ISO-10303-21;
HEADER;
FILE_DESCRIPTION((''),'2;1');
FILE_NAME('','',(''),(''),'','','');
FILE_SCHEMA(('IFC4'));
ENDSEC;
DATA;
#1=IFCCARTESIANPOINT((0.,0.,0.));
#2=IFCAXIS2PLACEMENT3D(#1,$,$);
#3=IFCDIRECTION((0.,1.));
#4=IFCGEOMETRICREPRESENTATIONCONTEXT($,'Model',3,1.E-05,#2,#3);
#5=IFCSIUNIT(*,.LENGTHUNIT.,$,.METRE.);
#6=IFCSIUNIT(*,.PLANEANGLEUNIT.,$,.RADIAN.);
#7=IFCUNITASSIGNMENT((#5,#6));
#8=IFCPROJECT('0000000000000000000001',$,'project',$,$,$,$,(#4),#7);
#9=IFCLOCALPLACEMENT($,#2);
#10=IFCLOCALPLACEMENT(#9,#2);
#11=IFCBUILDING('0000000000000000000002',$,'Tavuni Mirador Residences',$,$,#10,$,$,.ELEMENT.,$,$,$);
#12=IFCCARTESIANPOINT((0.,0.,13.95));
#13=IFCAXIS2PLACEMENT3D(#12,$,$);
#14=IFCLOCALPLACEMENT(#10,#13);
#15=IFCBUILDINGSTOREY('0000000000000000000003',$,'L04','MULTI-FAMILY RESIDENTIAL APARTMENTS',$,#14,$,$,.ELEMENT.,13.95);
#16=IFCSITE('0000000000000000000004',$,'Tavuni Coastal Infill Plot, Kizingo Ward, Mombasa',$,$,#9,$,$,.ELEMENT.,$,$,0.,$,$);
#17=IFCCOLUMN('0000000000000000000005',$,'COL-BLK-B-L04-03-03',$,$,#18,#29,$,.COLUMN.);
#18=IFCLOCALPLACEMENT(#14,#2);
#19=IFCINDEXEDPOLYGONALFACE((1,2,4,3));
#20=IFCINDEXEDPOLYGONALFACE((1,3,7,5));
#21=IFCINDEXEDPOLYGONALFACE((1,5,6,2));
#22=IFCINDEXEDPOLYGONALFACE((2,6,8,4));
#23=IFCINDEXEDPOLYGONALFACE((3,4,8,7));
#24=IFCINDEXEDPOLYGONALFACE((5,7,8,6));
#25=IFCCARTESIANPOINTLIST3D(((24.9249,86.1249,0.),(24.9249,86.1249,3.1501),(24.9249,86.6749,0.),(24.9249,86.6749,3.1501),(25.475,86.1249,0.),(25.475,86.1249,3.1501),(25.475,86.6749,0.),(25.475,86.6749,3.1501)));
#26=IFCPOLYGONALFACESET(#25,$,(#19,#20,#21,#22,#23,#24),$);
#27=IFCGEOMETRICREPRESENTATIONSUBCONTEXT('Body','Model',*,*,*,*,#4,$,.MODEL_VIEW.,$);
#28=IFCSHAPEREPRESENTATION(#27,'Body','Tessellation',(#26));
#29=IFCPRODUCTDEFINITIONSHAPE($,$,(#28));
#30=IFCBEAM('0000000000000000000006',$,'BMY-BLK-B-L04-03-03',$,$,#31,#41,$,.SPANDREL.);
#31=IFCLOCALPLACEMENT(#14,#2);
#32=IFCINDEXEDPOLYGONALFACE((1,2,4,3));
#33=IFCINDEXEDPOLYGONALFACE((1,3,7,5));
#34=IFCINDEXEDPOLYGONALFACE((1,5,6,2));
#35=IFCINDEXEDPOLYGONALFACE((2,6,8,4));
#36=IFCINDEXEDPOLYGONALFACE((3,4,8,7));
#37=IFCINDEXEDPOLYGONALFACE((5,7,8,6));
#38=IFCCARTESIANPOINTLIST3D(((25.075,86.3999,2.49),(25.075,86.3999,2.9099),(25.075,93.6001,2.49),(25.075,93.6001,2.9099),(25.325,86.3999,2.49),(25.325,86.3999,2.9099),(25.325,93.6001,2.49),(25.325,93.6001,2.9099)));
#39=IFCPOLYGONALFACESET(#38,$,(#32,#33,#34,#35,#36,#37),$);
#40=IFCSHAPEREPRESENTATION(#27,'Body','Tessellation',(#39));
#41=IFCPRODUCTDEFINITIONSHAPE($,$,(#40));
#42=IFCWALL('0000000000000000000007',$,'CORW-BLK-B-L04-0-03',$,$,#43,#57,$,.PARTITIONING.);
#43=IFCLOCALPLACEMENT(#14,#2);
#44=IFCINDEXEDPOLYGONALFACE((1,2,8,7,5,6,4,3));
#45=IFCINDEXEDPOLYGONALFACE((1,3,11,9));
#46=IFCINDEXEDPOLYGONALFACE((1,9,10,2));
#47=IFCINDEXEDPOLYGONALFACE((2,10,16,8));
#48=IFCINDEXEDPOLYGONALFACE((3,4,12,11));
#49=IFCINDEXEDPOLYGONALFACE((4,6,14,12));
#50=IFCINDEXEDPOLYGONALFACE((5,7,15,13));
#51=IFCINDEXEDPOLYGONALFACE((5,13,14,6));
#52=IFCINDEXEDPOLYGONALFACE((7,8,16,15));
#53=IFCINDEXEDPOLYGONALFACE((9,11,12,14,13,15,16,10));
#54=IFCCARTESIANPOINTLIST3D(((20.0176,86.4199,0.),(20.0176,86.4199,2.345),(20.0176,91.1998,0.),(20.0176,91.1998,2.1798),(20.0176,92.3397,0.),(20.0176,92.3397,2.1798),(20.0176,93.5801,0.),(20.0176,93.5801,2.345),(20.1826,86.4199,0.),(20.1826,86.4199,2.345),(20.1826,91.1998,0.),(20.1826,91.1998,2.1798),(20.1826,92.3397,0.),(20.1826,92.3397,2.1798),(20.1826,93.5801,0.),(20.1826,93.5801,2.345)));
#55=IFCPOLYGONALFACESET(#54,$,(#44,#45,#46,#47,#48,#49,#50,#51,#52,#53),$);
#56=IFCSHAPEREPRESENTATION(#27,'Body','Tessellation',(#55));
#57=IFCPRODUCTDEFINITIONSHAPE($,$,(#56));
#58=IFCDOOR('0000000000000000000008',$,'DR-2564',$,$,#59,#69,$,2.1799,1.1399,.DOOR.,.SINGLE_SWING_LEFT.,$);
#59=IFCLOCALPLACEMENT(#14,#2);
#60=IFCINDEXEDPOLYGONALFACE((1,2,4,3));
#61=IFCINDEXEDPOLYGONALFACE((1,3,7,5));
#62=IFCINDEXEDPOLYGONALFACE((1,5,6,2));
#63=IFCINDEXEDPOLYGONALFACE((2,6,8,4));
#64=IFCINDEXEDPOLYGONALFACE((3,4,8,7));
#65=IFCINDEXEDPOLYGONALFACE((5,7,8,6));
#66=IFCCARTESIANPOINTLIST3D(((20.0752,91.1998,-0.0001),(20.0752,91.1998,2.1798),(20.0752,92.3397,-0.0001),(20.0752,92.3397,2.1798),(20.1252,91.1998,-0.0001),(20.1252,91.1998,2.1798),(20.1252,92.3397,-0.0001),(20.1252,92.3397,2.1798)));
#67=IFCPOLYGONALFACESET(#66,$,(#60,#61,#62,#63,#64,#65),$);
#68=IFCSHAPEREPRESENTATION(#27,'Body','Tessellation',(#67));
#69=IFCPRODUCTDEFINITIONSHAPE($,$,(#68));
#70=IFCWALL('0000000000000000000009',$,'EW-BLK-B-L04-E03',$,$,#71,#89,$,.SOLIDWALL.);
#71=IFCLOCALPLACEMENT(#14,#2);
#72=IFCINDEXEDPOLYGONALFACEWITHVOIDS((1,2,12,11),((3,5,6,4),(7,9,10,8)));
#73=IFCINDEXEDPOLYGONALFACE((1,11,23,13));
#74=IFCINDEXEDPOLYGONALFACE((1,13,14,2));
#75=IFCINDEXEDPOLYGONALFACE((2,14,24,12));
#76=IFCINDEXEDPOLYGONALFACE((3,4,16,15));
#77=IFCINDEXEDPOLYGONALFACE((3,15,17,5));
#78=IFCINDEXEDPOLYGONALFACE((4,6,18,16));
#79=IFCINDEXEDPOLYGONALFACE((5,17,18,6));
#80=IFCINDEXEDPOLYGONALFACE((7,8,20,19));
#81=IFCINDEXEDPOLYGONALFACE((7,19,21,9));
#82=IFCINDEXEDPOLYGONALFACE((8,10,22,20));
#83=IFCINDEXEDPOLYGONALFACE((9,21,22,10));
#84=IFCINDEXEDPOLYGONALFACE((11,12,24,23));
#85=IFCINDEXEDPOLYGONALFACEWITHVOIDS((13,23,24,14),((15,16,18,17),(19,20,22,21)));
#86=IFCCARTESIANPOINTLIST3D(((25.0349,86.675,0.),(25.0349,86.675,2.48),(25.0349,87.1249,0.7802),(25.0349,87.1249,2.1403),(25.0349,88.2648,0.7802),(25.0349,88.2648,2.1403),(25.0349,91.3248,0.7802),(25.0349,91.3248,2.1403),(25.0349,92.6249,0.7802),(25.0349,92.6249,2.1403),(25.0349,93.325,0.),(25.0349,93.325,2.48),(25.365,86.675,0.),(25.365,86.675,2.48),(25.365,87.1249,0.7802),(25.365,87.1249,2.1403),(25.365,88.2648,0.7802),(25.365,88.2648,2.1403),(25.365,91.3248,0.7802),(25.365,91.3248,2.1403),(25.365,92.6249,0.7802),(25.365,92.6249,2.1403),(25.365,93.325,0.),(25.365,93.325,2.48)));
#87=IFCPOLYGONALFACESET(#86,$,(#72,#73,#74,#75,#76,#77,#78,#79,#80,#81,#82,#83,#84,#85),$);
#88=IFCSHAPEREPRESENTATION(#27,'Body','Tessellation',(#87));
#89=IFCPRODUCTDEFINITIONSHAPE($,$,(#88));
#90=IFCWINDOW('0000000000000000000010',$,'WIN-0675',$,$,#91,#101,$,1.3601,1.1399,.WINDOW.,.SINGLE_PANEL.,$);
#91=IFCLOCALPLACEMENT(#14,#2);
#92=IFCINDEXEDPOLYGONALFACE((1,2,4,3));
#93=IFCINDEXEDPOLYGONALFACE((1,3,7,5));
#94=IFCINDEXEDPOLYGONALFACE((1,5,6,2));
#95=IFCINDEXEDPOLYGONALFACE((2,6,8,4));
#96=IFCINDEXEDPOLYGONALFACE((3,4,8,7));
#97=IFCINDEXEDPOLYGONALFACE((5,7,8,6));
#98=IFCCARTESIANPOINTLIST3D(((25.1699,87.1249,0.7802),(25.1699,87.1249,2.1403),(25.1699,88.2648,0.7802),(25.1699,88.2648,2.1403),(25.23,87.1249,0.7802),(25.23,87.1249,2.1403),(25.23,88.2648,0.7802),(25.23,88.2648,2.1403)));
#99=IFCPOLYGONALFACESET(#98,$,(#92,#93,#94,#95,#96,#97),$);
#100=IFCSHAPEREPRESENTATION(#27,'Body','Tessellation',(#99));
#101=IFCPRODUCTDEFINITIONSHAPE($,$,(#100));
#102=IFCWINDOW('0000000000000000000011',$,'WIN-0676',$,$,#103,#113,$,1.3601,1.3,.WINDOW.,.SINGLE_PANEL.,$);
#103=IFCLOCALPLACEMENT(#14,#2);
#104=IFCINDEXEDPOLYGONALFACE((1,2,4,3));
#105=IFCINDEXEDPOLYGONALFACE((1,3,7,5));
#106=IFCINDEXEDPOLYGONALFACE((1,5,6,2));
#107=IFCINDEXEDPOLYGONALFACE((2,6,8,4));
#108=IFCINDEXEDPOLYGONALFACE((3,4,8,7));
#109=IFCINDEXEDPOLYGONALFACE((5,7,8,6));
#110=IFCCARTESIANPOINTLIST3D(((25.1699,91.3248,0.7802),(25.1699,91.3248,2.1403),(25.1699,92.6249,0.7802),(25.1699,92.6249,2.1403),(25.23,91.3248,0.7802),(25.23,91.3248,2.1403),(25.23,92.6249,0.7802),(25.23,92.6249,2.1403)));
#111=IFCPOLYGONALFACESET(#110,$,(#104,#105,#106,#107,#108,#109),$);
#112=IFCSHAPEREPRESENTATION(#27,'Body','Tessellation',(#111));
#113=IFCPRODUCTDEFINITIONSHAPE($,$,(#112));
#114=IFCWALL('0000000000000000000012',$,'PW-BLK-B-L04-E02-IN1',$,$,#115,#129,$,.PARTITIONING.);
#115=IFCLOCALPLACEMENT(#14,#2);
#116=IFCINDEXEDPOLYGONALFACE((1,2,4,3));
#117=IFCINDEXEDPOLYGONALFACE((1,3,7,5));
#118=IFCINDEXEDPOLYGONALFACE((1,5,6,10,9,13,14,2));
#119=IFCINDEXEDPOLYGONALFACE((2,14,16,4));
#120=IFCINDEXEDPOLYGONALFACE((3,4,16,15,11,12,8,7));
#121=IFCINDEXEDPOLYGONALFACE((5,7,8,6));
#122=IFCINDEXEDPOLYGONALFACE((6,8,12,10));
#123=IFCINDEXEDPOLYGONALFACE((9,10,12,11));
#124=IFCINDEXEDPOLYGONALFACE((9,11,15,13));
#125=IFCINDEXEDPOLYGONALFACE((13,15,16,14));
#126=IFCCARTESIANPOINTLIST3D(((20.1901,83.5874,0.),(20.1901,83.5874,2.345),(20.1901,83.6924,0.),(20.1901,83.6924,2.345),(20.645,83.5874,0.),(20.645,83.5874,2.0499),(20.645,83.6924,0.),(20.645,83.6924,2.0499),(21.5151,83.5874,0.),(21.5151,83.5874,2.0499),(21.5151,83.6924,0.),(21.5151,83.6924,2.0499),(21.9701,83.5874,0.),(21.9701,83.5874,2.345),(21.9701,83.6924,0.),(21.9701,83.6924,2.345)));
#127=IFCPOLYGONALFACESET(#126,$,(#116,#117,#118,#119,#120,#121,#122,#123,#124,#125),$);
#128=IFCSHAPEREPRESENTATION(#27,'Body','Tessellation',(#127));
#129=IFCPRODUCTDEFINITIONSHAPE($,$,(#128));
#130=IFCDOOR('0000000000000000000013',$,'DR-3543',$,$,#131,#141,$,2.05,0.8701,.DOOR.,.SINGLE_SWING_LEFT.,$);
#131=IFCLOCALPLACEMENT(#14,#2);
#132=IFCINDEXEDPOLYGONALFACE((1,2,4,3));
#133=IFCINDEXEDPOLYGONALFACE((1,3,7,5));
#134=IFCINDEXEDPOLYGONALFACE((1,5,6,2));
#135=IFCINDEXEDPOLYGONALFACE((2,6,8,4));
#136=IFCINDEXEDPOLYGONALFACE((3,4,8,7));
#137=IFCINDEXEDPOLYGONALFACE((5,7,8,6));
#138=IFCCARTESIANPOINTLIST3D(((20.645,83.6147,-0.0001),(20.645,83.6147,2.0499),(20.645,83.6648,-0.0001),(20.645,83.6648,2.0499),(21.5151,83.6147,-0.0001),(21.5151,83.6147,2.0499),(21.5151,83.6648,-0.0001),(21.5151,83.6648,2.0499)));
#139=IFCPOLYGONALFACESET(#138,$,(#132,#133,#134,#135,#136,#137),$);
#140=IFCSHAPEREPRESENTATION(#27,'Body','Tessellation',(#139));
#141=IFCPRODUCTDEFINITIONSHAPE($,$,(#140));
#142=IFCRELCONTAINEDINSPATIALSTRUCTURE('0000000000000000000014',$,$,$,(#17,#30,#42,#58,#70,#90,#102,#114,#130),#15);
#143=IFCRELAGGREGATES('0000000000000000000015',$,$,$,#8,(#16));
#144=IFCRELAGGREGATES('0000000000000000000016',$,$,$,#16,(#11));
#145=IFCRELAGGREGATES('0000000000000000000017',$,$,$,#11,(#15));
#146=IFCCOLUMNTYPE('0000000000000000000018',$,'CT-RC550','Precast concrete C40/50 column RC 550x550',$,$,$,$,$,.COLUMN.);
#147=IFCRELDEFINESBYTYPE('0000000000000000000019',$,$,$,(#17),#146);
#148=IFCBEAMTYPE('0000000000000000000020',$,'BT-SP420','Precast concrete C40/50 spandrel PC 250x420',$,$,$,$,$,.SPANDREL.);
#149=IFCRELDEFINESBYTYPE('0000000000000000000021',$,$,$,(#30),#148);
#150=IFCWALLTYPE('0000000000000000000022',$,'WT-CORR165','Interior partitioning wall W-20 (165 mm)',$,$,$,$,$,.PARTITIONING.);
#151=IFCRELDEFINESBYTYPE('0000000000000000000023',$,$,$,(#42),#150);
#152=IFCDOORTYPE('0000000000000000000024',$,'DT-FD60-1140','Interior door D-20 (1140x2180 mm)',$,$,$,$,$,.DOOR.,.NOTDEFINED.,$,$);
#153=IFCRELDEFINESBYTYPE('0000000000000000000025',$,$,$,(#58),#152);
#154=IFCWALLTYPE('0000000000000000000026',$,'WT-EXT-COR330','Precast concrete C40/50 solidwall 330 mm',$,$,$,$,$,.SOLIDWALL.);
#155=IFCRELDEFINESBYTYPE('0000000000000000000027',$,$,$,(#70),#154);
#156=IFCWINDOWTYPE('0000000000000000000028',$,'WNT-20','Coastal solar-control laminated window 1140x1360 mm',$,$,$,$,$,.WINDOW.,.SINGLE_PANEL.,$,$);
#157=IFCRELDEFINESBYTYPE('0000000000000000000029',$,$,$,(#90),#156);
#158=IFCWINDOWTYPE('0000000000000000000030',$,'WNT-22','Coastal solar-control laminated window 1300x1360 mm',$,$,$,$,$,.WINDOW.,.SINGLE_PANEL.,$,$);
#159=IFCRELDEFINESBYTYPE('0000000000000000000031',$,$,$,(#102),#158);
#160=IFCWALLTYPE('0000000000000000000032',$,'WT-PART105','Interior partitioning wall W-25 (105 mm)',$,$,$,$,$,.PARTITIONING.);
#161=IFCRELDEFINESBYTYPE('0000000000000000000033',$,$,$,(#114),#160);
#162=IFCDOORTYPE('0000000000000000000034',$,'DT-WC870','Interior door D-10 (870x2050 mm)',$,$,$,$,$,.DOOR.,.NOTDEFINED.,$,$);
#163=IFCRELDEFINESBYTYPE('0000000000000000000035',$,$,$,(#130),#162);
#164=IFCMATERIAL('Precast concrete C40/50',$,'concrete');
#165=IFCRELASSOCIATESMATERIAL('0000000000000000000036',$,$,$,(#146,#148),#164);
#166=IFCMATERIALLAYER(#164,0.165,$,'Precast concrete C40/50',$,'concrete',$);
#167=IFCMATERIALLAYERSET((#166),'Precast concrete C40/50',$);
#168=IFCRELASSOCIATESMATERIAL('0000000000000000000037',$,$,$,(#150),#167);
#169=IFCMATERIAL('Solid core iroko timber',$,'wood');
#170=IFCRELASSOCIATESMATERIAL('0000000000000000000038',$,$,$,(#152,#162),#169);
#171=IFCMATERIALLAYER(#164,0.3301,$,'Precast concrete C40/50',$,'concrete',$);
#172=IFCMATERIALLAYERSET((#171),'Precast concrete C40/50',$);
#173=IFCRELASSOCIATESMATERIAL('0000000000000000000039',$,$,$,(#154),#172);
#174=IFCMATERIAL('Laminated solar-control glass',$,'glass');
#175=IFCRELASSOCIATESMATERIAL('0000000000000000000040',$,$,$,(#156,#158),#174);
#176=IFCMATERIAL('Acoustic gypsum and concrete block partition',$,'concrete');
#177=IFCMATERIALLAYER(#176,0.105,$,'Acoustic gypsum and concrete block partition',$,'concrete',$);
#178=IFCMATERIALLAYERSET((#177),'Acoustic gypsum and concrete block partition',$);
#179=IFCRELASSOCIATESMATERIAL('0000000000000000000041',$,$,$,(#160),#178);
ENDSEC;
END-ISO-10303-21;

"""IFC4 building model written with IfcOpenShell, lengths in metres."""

from ifc_helpers import new_model, si_unit, direction, frame, frame_2d, origin, origin_2d, place, context, subcontext, project, spatial, rectangle, extrude, material, layer, layer_set, material_profile, profile_set, type_object, element, fill, save


model = new_model("IFC4")

# Units and contexts
model_context = context("Model", 3, precision=1e-05, world=origin(), true_north=direction((0.0, 1.0)))
body_context = subcontext(model_context, "Body", "Model", "MODEL_VIEW")
ifc_project = project(units=[si_unit("LENGTHUNIT", "METRE"), si_unit("PLANEANGLEUNIT", "RADIAN")], contexts=[model_context])

# Site, building, storey
site_placement = place(None, origin())
site = spatial("IfcSite", under=ifc_project, at=site_placement, Name="Tavuni Coastal Infill Plot, Kizingo Ward, Mombasa", CompositionType="ELEMENT", RefElevation=0.0)
building_placement = place(site_placement, origin())
building = spatial("IfcBuilding", under=site, at=building_placement, Name="Tavuni Mirador Residences", CompositionType="ELEMENT")
storey_placement = place(building_placement, frame((0.0, 0.0, 13.95)))
storey = spatial("IfcBuildingStorey", under=building, at=storey_placement, Name="L04", Description="MULTI-FAMILY RESIDENTIAL APARTMENTS", CompositionType="ELEMENT", Elevation=13.95)

# Column
ifc_material_1 = material(Name="Precast concrete C40/50", Category="concrete")
ifc_material_profile_1 = material_profile(ifc_material_1, rectangle(XDim=0.55, YDim=0.55, at=origin_2d()), Name="RC 550x550", Category="concrete")
ifc_profile_set_1 = profile_set([ifc_material_profile_1], Name="Precast concrete C40/50")
column_type = type_object("IfcColumnType", Name="CT-RC550", Description="Precast concrete C40/50 column RC 550x550", PredefinedType="COLUMN", material=ifc_profile_set_1)
column_placement = place(storey_placement, frame((25.2, 86.3999, 0.0), z_axis=(0.0, 0.0, 1.0), x_axis=(1.0, 0.0, 0.0)))
element("IfcColumn", 1, at=column_placement, inside=storey, type_object=column_type, Name="COL-BLK-B-L04-03-03", PredefinedType="COLUMN", context=body_context, shape_type="SweptSolid", body=[
    extrude(rectangle(XDim=0.55, YDim=0.55, at=origin_2d()), origin(), (0.0, 0.0, 1.0), 3.1501),
])

# Beam
ifc_material_profile_2 = material_profile(ifc_material_1, rectangle(XDim=0.25, YDim=0.4199, at=origin_2d()), Name="PC 250x420", Category="concrete")
ifc_profile_set_2 = profile_set([ifc_material_profile_2], Name="Precast concrete C40/50")
beam_type = type_object("IfcBeamType", Name="BT-SP420", Description="Precast concrete C40/50 spandrel PC 250x420", PredefinedType="SPANDREL", material=ifc_profile_set_2)
beam_placement = place(storey_placement, frame((25.2, 86.3999, 2.7), z_axis=(0.0, 1.0, 0.0), x_axis=(-1.0, 0.0, 0.0)))
element("IfcBeam", 2, at=beam_placement, inside=storey, type_object=beam_type, Name="BMY-BLK-B-L04-03-03", PredefinedType="SPANDREL", context=body_context, shape_type="SweptSolid", body=[
    extrude(rectangle(XDim=0.25, YDim=0.4199, at=origin_2d()), origin(), (0.0, 0.0, 1.0), 7.2002),
])

# Wall, opening, door
ifc_layer_1 = layer(ifc_material_1, 0.165, Name="Precast concrete C40/50", Category="concrete")
ifc_layer_set_1 = layer_set([ifc_layer_1], Name="Precast concrete C40/50")
wall_type_1 = type_object("IfcWallType", Name="WT-CORR165", Description="Interior partitioning wall W-20 (165 mm)", PredefinedType="PARTITIONING", material=ifc_layer_set_1)
wall_1_placement = place(storey_placement, frame((20.1001, 86.4199, 0.0), z_axis=(0.0, 0.0, 1.0), x_axis=(0.0, 1.0, 0.0)))
wall_1 = element("IfcWall", 3, at=wall_1_placement, inside=storey, type_object=wall_type_1, Name="CORW-BLK-B-L04-0-03", PredefinedType="PARTITIONING", context=body_context, shape_type="SweptSolid", body=[
    extrude(rectangle(XDim=7.1602, YDim=0.165, at=frame_2d((3.5801, 0.0))), origin(), (0.0, 0.0, 1.0), 2.345),
])
opening_1_placement = place(wall_1_placement, frame((4.78, 0.0, 0.0)))
opening_1 = element("IfcOpeningElement", 4, at=opening_1_placement, cuts=wall_1, PredefinedType="OPENING", context=body_context, shape_type="SweptSolid", body=[
    extrude(rectangle(XDim=1.1399, YDim=2.1799, at=frame_2d((0.5698, 1.0898))), frame((0.0, 0.0925, 0.0), z_axis=(0.0, -1.0, 0.0), x_axis=(1.0, 0.0, 0.0)), (0.0, 0.0, 1.0), 0.1851),
])
ifc_material_2 = material(Name="Solid core iroko timber", Category="wood")
door_type_1 = type_object("IfcDoorType", Name="DT-FD60-1140", Description="Interior door D-20 (1140x2180 mm)", OperationType="NOTDEFINED", PredefinedType="DOOR", material=ifc_material_2)
door_1_placement = place(opening_1_placement, origin())
door_1 = element("IfcDoor", 5, at=door_1_placement, inside=storey, type_object=door_type_1, Name="DR-2564", OperationType="SINGLE_SWING_LEFT", OverallHeight=2.1799, OverallWidth=1.1399, PredefinedType="DOOR", context=body_context, shape_type="SweptSolid", body=[
    extrude(rectangle(XDim=1.1399, YDim=2.1799, at=frame_2d((0.5698, 1.0898))), frame((0.0, 0.0249, 0.0), z_axis=(0.0, -1.0, 0.0), x_axis=(1.0, 0.0, 0.0)), (0.0, 0.0, 1.0), 0.05),
])
fill(opening_1, door_1)

# Wall, openings, windows
ifc_layer_2 = layer(ifc_material_1, 0.3301, Name="Precast concrete C40/50", Category="concrete")
ifc_layer_set_2 = layer_set([ifc_layer_2], Name="Precast concrete C40/50")
wall_type_2 = type_object("IfcWallType", Name="WT-EXT-COR330", Description="Precast concrete C40/50 solidwall 330 mm", PredefinedType="SOLIDWALL", material=ifc_layer_set_2)
wall_2_placement = place(storey_placement, frame((25.2, 86.675, 0.0), z_axis=(0.0, 0.0, 1.0), x_axis=(0.0, 1.0, 0.0)))
wall_2 = element("IfcWall", 6, at=wall_2_placement, inside=storey, type_object=wall_type_2, Name="EW-BLK-B-L04-E03", PredefinedType="SOLIDWALL", context=body_context, shape_type="SweptSolid", body=[
    extrude(rectangle(XDim=6.6499, YDim=0.3301, at=frame_2d((3.325, 0.0))), origin(), (0.0, 0.0, 1.0), 2.48),
])
opening_2_placement = place(wall_2_placement, frame((0.45, 0.0, 0.78)))
opening_2 = element("IfcOpeningElement", 7, at=opening_2_placement, cuts=wall_2, PredefinedType="OPENING", context=body_context, shape_type="SweptSolid", body=[
    extrude(rectangle(XDim=1.1399, YDim=1.3601, at=frame_2d((0.5698, 0.6802))), frame((0.0, 0.175, 0.0), z_axis=(0.0, -1.0, 0.0), x_axis=(1.0, 0.0, 0.0)), (0.0, 0.0, 1.0), 0.3501),
])
opening_3_placement = place(wall_2_placement, frame((4.6499, 0.0, 0.78)))
opening_3 = element("IfcOpeningElement", 8, at=opening_3_placement, cuts=wall_2, PredefinedType="OPENING", context=body_context, shape_type="SweptSolid", body=[
    extrude(rectangle(XDim=1.3, YDim=1.3601, at=frame_2d((0.6499, 0.6802))), frame((0.0, 0.175, 0.0), z_axis=(0.0, -1.0, 0.0), x_axis=(1.0, 0.0, 0.0)), (0.0, 0.0, 1.0), 0.3501),
])
ifc_material_3 = material(Name="Laminated solar-control glass", Category="glass")
window_type_1 = type_object("IfcWindowType", Name="WNT-20", Description="Coastal solar-control laminated window 1140x1360 mm", PartitioningType="SINGLE_PANEL", PredefinedType="WINDOW", material=ifc_material_3)
window_1_placement = place(opening_2_placement, origin())
window_1 = element("IfcWindow", 9, at=window_1_placement, inside=storey, type_object=window_type_1, Name="WIN-0675", OverallHeight=1.3601, OverallWidth=1.1399, PartitioningType="SINGLE_PANEL", PredefinedType="WINDOW", context=body_context, shape_type="SweptSolid", body=[
    extrude(rectangle(XDim=1.1399, YDim=1.3601, at=frame_2d((0.5698, 0.6802))), frame((0.0, 0.03, 0.0), z_axis=(0.0, -1.0, 0.0), x_axis=(1.0, 0.0, 0.0)), (0.0, 0.0, 1.0), 0.0601),
])
fill(opening_2, window_1)
window_type_2 = type_object("IfcWindowType", Name="WNT-22", Description="Coastal solar-control laminated window 1300x1360 mm", PartitioningType="SINGLE_PANEL", PredefinedType="WINDOW", material=ifc_material_3)
window_2_placement = place(opening_3_placement, origin())
window_2 = element("IfcWindow", 10, at=window_2_placement, inside=storey, type_object=window_type_2, Name="WIN-0676", OverallHeight=1.3601, OverallWidth=1.3, PartitioningType="SINGLE_PANEL", PredefinedType="WINDOW", context=body_context, shape_type="SweptSolid", body=[
    extrude(rectangle(XDim=1.3, YDim=1.3601, at=frame_2d((0.6499, 0.6802))), frame((0.0, 0.03, 0.0), z_axis=(0.0, -1.0, 0.0), x_axis=(1.0, 0.0, 0.0)), (0.0, 0.0, 1.0), 0.0601),
])
fill(opening_3, window_2)

# Wall, opening, door
ifc_material_4 = material(Name="Acoustic gypsum and concrete block partition", Category="concrete")
ifc_layer_3 = layer(ifc_material_4, 0.105, Name="Acoustic gypsum and concrete block partition", Category="concrete")
ifc_layer_set_3 = layer_set([ifc_layer_3], Name="Acoustic gypsum and concrete block partition")
wall_type_3 = type_object("IfcWallType", Name="WT-PART105", Description="Interior partitioning wall W-25 (105 mm)", PredefinedType="PARTITIONING", material=ifc_layer_set_3)
wall_3_placement = place(storey_placement, frame((20.1899, 83.6399, 0.0), z_axis=(0.0, 0.0, 1.0), x_axis=(1.0, 0.0, 0.0)))
wall_3 = element("IfcWall", 11, at=wall_3_placement, inside=storey, type_object=wall_type_3, Name="PW-BLK-B-L04-E02-IN1", PredefinedType="PARTITIONING", context=body_context, shape_type="SweptSolid", body=[
    extrude(rectangle(XDim=1.78, YDim=0.105, at=frame_2d((0.8901, 0.0))), origin(), (0.0, 0.0, 1.0), 2.345),
])
opening_4_placement = place(wall_3_placement, frame((0.4551, 0.0, 0.0)))
opening_4 = element("IfcOpeningElement", 12, at=opening_4_placement, cuts=wall_3, PredefinedType="OPENING", context=body_context, shape_type="SweptSolid", body=[
    extrude(rectangle(XDim=0.8701, YDim=2.05, at=frame_2d((0.4351, 1.0249))), frame((0.0, 0.0625, 0.0), z_axis=(0.0, -1.0, 0.0), x_axis=(1.0, 0.0, 0.0)), (0.0, 0.0, 1.0), 0.125),
])
door_type_2 = type_object("IfcDoorType", Name="DT-WC870", Description="Interior door D-10 (870x2050 mm)", OperationType="NOTDEFINED", PredefinedType="DOOR", material=ifc_material_2)
door_2_placement = place(opening_4_placement, origin())
door_2 = element("IfcDoor", 13, at=door_2_placement, inside=storey, type_object=door_type_2, Name="DR-3543", OperationType="SINGLE_SWING_LEFT", OverallHeight=2.05, OverallWidth=0.8701, PredefinedType="DOOR", context=body_context, shape_type="SweptSolid", body=[
    extrude(rectangle(XDim=0.8701, YDim=2.05, at=frame_2d((0.4351, 1.0249))), frame((0.0, 0.0249, 0.0), z_axis=(0.0, -1.0, 0.0), x_axis=(1.0, 0.0, 0.0)), (0.0, 0.0, 1.0), 0.05),
])
fill(opening_4, door_2)

save(model, "model.ifc")
